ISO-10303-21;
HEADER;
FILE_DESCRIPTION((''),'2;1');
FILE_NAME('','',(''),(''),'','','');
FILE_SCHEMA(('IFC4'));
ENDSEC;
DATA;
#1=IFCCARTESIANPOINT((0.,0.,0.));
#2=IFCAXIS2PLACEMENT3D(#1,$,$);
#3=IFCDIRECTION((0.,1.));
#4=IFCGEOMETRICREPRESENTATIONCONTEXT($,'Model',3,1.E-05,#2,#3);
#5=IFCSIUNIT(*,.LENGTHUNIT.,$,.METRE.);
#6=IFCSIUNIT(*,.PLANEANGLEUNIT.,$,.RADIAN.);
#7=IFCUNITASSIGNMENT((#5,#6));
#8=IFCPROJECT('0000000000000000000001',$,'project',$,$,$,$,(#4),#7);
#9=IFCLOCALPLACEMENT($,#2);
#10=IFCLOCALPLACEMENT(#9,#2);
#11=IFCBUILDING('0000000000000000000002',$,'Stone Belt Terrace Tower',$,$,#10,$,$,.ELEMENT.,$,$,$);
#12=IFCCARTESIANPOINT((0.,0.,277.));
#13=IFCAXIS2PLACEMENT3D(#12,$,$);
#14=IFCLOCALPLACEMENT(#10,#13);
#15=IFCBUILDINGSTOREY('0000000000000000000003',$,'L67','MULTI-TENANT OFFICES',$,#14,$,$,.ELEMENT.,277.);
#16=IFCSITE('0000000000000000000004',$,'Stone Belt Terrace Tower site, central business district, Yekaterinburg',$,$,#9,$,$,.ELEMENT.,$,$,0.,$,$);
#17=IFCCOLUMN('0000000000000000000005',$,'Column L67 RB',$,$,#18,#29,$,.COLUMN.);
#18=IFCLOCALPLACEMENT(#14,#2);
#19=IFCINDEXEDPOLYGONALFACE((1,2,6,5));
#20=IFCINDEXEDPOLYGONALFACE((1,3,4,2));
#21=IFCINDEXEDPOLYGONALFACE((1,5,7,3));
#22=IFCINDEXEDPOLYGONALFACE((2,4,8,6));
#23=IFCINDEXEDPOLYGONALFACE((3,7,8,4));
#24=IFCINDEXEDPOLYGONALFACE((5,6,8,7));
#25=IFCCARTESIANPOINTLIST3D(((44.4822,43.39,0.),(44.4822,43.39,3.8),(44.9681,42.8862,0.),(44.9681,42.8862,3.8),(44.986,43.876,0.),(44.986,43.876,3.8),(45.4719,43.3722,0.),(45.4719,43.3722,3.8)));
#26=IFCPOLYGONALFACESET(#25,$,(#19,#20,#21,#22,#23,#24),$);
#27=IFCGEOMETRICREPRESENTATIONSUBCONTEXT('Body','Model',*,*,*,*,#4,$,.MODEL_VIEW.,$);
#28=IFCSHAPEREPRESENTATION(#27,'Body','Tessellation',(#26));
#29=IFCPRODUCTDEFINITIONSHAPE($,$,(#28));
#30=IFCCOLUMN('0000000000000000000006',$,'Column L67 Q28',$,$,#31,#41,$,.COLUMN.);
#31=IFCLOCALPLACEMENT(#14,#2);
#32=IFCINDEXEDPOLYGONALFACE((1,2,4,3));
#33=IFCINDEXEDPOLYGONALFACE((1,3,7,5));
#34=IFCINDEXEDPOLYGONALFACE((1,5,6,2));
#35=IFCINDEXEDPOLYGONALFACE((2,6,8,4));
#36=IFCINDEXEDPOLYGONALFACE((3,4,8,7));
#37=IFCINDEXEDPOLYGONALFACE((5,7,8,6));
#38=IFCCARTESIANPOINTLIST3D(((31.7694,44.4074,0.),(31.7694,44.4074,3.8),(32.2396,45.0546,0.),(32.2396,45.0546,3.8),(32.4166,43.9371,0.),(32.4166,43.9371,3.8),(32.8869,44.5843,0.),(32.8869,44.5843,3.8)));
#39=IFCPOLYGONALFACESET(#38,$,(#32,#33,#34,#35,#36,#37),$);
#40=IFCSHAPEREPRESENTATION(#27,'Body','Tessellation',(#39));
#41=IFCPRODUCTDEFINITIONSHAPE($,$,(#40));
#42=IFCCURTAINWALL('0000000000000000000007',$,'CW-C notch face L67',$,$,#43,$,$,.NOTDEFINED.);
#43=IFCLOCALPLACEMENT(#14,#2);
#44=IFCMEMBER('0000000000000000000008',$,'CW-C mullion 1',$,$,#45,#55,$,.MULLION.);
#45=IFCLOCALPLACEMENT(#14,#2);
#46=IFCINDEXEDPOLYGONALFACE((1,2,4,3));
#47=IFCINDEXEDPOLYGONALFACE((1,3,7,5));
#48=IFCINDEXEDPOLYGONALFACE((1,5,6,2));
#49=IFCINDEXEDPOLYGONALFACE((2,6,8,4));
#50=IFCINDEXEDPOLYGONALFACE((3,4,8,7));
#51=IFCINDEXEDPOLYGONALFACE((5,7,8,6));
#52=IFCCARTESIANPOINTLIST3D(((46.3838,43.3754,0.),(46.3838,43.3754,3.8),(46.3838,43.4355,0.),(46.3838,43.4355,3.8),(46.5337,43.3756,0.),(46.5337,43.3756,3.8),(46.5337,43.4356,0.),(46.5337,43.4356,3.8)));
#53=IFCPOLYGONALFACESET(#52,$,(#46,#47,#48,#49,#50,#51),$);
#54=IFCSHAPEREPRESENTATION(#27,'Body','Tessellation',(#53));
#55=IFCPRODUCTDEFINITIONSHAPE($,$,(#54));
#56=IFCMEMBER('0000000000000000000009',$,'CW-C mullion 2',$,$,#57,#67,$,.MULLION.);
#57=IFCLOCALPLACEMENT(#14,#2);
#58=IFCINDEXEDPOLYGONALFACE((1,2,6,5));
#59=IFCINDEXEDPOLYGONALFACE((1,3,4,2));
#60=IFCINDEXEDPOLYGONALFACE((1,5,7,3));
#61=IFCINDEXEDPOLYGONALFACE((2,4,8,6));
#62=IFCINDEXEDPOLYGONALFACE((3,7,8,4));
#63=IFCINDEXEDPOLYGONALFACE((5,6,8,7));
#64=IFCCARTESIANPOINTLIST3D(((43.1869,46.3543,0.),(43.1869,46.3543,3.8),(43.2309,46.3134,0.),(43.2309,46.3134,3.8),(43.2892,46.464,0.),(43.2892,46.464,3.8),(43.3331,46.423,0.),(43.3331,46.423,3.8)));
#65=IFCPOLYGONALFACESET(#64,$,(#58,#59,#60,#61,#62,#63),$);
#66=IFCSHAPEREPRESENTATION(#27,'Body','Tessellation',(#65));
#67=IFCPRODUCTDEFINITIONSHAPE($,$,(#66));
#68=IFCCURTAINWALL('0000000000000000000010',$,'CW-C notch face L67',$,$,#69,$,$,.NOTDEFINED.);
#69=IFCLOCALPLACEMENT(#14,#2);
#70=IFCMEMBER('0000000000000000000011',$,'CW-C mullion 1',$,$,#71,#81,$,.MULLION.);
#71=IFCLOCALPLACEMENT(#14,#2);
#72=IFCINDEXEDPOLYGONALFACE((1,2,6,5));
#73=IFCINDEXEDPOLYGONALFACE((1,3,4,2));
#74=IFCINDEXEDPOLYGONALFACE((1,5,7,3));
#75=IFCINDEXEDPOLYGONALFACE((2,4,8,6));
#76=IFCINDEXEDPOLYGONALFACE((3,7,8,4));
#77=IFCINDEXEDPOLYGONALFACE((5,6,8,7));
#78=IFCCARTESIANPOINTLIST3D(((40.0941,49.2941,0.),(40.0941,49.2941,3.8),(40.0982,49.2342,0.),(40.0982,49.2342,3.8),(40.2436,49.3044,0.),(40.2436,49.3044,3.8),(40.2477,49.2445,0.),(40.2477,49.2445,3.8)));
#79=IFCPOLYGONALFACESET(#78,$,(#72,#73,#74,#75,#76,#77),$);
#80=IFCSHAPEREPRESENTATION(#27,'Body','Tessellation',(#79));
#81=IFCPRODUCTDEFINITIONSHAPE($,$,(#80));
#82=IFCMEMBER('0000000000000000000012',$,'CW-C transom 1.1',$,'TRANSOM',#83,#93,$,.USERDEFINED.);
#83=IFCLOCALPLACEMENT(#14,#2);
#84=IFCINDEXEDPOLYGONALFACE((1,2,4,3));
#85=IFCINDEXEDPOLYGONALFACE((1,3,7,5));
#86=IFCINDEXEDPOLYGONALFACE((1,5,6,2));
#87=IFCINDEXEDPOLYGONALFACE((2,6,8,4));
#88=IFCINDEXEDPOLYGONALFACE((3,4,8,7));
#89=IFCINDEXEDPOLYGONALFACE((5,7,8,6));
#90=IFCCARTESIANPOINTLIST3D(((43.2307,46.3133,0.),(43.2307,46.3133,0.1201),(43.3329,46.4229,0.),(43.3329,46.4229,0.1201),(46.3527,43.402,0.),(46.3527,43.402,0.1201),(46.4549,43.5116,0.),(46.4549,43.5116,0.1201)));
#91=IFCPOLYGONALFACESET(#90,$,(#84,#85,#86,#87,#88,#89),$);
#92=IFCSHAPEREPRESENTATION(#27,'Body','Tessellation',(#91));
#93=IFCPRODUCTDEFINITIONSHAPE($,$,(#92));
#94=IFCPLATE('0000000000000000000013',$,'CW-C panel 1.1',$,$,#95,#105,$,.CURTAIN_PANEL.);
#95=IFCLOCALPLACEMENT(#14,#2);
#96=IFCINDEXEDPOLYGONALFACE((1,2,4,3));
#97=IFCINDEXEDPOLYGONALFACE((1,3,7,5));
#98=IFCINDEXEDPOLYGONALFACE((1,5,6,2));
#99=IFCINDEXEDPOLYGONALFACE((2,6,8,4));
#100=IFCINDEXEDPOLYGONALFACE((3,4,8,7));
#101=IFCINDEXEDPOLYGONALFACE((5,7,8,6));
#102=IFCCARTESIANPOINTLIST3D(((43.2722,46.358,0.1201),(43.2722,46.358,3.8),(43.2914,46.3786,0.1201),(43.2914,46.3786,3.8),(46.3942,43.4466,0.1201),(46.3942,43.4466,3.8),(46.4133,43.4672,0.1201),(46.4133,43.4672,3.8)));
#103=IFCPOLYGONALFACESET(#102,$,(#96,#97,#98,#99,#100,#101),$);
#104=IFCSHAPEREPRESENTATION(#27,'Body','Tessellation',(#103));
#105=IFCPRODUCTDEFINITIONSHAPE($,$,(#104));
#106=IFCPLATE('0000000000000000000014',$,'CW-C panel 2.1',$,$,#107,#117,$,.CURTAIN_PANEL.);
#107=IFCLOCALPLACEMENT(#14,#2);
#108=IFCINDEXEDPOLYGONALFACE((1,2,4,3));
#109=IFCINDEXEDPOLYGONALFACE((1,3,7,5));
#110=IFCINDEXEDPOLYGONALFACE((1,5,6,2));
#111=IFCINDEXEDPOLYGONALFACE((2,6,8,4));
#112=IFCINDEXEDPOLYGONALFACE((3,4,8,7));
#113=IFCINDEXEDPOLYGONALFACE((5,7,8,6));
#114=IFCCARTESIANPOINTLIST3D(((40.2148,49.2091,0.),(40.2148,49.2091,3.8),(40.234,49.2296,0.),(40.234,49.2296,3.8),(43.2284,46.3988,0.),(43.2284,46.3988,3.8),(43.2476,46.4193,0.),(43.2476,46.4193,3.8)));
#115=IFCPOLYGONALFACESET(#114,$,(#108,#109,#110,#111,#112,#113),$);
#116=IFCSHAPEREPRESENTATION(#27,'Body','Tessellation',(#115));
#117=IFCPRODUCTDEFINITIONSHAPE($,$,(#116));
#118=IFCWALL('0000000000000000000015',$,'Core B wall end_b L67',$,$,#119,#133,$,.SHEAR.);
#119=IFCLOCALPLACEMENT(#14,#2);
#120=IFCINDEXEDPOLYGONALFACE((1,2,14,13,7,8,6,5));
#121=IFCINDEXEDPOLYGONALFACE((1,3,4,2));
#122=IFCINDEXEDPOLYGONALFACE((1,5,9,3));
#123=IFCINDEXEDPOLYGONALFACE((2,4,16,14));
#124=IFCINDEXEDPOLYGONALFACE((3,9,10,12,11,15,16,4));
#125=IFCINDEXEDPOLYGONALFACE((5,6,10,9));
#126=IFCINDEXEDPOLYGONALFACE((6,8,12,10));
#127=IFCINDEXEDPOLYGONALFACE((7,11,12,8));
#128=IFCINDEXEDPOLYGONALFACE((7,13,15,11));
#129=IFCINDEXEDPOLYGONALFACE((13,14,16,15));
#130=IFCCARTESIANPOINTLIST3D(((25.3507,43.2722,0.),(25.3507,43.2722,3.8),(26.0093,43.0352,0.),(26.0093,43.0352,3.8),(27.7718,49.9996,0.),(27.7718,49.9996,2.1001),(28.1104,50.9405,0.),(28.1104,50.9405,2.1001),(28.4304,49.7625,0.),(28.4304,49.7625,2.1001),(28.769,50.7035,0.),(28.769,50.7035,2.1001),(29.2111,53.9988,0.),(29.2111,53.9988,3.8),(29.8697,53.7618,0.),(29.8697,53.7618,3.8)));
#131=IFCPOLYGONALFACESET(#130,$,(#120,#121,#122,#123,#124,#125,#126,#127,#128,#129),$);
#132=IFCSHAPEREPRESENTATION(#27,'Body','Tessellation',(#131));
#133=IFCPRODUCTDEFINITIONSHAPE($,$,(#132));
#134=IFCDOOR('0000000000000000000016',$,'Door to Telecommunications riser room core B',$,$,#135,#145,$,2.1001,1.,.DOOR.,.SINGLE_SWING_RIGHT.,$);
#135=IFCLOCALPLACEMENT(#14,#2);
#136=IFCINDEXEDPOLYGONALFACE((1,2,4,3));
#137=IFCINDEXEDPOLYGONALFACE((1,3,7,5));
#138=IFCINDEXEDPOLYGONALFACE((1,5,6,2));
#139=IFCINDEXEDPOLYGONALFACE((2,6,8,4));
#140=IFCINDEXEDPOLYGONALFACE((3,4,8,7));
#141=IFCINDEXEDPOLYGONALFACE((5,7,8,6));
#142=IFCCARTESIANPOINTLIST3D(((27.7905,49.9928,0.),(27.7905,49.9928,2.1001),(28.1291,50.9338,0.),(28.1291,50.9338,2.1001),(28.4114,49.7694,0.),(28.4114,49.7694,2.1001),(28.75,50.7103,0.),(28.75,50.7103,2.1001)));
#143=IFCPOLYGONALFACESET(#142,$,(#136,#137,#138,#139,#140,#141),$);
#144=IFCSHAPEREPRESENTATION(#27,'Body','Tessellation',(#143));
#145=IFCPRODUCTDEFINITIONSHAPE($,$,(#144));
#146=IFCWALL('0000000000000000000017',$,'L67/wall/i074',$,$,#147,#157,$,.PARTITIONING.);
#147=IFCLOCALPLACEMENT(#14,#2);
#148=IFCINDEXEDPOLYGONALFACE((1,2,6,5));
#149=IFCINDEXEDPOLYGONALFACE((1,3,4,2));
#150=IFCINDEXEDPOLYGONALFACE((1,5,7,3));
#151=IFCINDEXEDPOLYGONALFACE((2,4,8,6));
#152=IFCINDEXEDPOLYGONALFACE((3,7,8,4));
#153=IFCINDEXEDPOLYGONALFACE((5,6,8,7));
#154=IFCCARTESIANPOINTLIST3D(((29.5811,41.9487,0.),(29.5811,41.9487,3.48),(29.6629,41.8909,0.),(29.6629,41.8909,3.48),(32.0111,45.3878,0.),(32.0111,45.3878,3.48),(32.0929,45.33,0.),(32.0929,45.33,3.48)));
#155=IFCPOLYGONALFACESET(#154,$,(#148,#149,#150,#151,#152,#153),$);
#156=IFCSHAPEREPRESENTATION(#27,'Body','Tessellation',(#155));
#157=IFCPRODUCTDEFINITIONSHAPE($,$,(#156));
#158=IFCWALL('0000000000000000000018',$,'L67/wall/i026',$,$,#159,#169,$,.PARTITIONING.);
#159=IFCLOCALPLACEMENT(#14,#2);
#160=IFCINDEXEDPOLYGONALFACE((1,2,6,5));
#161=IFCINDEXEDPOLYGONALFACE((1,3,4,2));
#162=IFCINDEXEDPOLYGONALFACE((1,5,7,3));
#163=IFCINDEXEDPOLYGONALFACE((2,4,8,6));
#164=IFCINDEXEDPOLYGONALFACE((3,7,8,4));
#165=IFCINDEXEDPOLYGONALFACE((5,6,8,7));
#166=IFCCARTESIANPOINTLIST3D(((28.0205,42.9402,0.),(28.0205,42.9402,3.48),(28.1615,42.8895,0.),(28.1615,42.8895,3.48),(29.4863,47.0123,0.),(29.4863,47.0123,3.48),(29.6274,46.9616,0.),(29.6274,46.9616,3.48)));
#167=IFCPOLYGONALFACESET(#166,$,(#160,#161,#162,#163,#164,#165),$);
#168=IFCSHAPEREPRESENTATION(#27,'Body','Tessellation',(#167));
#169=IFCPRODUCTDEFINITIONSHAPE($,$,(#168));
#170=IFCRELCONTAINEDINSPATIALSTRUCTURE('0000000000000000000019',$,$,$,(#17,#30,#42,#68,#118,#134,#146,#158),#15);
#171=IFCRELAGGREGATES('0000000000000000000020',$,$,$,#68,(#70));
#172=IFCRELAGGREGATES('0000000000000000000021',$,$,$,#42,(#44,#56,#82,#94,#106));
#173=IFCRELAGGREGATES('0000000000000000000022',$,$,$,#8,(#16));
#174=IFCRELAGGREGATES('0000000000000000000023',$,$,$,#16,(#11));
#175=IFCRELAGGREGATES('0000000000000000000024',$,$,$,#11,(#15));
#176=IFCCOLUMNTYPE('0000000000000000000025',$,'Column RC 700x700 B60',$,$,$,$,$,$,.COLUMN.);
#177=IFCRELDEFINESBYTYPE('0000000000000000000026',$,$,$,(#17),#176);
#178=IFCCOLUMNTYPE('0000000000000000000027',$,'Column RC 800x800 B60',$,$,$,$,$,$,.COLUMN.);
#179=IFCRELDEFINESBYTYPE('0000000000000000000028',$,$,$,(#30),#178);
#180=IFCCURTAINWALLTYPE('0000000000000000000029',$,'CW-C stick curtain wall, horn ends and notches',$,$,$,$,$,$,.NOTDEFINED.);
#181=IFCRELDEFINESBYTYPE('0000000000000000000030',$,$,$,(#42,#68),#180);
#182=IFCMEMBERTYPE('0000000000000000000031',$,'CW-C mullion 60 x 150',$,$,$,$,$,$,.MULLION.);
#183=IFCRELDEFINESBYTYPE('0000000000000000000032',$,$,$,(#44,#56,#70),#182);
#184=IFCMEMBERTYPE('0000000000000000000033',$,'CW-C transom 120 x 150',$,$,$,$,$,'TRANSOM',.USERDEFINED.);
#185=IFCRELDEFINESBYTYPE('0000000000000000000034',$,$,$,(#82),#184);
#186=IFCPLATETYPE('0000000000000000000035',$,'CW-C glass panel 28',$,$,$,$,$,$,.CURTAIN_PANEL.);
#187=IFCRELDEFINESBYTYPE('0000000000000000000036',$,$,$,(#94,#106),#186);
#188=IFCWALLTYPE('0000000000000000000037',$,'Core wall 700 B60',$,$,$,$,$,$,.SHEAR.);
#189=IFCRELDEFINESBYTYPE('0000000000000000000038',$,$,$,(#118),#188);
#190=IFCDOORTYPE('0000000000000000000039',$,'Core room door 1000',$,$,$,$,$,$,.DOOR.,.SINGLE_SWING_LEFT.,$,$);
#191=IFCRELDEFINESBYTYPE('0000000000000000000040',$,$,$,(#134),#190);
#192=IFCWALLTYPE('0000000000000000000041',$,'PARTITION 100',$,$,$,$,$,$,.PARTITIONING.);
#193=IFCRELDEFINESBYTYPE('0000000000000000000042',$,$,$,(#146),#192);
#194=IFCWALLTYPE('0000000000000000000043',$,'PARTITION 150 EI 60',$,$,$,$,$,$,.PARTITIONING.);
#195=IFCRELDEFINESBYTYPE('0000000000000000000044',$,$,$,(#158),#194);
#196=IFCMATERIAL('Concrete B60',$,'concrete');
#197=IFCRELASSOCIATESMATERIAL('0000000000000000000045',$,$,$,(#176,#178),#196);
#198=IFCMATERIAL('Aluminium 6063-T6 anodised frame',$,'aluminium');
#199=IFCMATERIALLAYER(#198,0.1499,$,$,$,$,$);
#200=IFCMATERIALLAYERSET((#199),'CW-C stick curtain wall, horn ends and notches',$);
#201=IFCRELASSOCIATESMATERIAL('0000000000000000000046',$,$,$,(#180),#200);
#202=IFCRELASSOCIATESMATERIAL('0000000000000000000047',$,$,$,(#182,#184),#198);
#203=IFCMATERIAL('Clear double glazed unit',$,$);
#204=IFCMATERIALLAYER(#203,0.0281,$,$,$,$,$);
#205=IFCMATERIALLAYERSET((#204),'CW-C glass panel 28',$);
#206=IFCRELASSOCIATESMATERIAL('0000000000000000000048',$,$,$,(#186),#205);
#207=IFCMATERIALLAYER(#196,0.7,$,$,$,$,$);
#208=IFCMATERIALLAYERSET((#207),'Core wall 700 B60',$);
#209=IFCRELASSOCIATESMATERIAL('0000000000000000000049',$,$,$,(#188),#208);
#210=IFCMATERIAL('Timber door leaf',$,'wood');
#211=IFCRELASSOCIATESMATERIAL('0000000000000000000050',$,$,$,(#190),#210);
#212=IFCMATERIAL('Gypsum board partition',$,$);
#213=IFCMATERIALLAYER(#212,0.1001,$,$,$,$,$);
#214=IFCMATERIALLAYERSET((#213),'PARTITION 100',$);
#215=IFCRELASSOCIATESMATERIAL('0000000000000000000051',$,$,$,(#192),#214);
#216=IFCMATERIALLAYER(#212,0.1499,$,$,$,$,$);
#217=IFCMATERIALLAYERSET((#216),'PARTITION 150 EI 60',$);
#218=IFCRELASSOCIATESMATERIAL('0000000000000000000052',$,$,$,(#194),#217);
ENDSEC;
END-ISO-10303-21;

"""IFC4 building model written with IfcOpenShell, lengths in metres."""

from ifc_helpers import new_model, si_unit, direction, frame, frame_2d, origin, origin_2d, place, context, subcontext, project, spatial, rectangle, extrude, material, layer, layer_set, material_profile, profile_set, type_object, element, fill, aggregate, save


model = new_model("IFC4")

# Units and contexts
model_context = context("Model", 3, precision=1e-05, world=origin(), true_north=direction((0.0, 1.0)))
body_context = subcontext(model_context, "Body", "Model", "MODEL_VIEW")
ifc_project = project(units=[si_unit("LENGTHUNIT", "METRE"), si_unit("PLANEANGLEUNIT", "RADIAN")], contexts=[model_context])

# Site, building, storey
site_placement = place(None, origin())
site = spatial("IfcSite", under=ifc_project, at=site_placement, Name="Stone Belt Terrace Tower site, central business district, Yekaterinburg", CompositionType="ELEMENT", RefElevation=0.0)
building_placement = place(site_placement, origin())
building = spatial("IfcBuilding", under=site, at=building_placement, Name="Stone Belt Terrace Tower", CompositionType="ELEMENT")
storey_placement = place(building_placement, frame((0.0, 0.0, 277.0)))
storey = spatial("IfcBuildingStorey", under=building, at=storey_placement, Name="L67", Description="MULTI-TENANT OFFICES", CompositionType="ELEMENT", Elevation=277.0)

# Columns
ifc_material_1 = material(Name="Concrete B60", Category="concrete")
ifc_material_profile_1 = material_profile(ifc_material_1, rectangle(XDim=0.7, YDim=0.7, at=origin_2d()), Name="RC 700x700")
ifc_profile_set_1 = profile_set([ifc_material_profile_1], Name="Concrete B60")
column_type_1 = type_object("IfcColumnType", Name="Column RC 700x700 B60", PredefinedType="COLUMN", material=ifc_profile_set_1)
column_1_placement = place(storey_placement, frame((44.9771, 43.3811, 0.0), z_axis=(0.0, 0.0, 1.0), x_axis=(0.694221, -0.719762, 0.0)))
element("IfcColumn", 1, at=column_1_placement, inside=storey, type_object=column_type_1, Name="Column L67 RB", PredefinedType="COLUMN", context=body_context, shape_type="SweptSolid", body=[
    extrude(rectangle(XDim=0.7, YDim=0.7, at=origin_2d()), origin(), (0.0, 0.0, 1.0), 3.8),
])
ifc_material_profile_2 = material_profile(ifc_material_1, rectangle(XDim=0.8, YDim=0.8, at=origin_2d()), Name="RC 800x800")
ifc_profile_set_2 = profile_set([ifc_material_profile_2], Name="Concrete B60")
column_type_2 = type_object("IfcColumnType", Name="Column RC 800x800 B60", PredefinedType="COLUMN", material=ifc_profile_set_2)
column_2_placement = place(storey_placement, frame((32.3281, 44.4958, 0.0), z_axis=(0.0, 0.0, 1.0), x_axis=(0.809017, -0.587785, 0.0)))
element("IfcColumn", 2, at=column_2_placement, inside=storey, type_object=column_type_2, Name="Column L67 Q28", PredefinedType="COLUMN", context=body_context, shape_type="SweptSolid", body=[
    extrude(rectangle(XDim=0.8, YDim=0.8, at=origin_2d()), origin(), (0.0, 0.0, 1.0), 3.8),
])

# Curtain wall, members
ifc_material_2 = material(Name="Aluminium 6063-T6 anodised frame", Category="aluminium")
ifc_layer_1 = layer(ifc_material_2, 0.1499)
ifc_layer_set_1 = layer_set([ifc_layer_1], Name="CW-C stick curtain wall, horn ends and notches")
curtain_wall_type = type_object("IfcCurtainWallType", Name="CW-C stick curtain wall, horn ends and notches", PredefinedType="NOTDEFINED", material=ifc_layer_set_1)
curtain_wall_1_placement = place(storey_placement, origin())
curtain_wall_1 = element("IfcCurtainWall", 3, at=curtain_wall_1_placement, inside=storey, type_object=curtain_wall_type, Name="CW-C notch face L67", PredefinedType="NOTDEFINED")
ifc_material_profile_3 = material_profile(ifc_material_2, rectangle(XDim=0.1499, YDim=0.0601, at=origin_2d()), Name="Aluminium 6063-T6 60x150")
ifc_profile_set_3 = profile_set([ifc_material_profile_3], Name="Aluminium 6063-T6 anodised frame")
member_type_1 = type_object("IfcMemberType", Name="CW-C mullion 60 x 150", PredefinedType="MULLION", material=ifc_profile_set_3)
member_1_placement = place(storey_placement, frame((46.4587, 43.4055, 0.0), z_axis=(0.0, 0.0, 1.0), x_axis=(-0.999999, -0.001051, 0.0)))
member_1 = element("IfcMember", 4, at=member_1_placement, type_object=member_type_1, Name="CW-C mullion 1", PredefinedType="MULLION", context=body_context, shape_type="SweptSolid", body=[
    extrude(rectangle(XDim=0.1499, YDim=0.0601, at=origin_2d()), origin(), (0.0, 0.0, 1.0), 3.8),
])
member_2_placement = place(storey_placement, frame((43.26, 46.3887, 0.0), z_axis=(0.0, 0.0, 1.0), x_axis=(-0.682014, -0.731339, 0.0)))
member_2 = element("IfcMember", 5, at=member_2_placement, type_object=member_type_1, Name="CW-C mullion 2", PredefinedType="MULLION", context=body_context, shape_type="SweptSolid", body=[
    extrude(rectangle(XDim=0.1499, YDim=0.0601, at=origin_2d()), origin(), (0.0, 0.0, 1.0), 3.8),
])

# Curtain wall, member
curtain_wall_2_placement = place(storey_placement, origin())
curtain_wall_2 = element("IfcCurtainWall", 6, at=curtain_wall_2_placement, inside=storey, type_object=curtain_wall_type, Name="CW-C notch face L67", PredefinedType="NOTDEFINED")
member_3_placement = place(storey_placement, frame((40.1709, 49.2693, 0.0), z_axis=(0.0, 0.0, 1.0), x_axis=(-0.99764, -0.068666, 0.0)))
member_3 = element("IfcMember", 7, at=member_3_placement, type_object=member_type_1, Name="CW-C mullion 1", PredefinedType="MULLION", context=body_context, shape_type="SweptSolid", body=[
    extrude(rectangle(XDim=0.1499, YDim=0.0601, at=origin_2d()), origin(), (0.0, 0.0, 1.0), 3.8),
])
aggregate(curtain_wall_2, [member_3])

# Member
ifc_material_profile_4 = material_profile(ifc_material_2, rectangle(XDim=0.1499, YDim=0.1201, at=origin_2d()), Name="Aluminium 6063-T6 150x120")
ifc_profile_set_4 = profile_set([ifc_material_profile_4], Name="Aluminium 6063-T6 anodised frame")
member_type_2 = type_object("IfcMemberType", Name="CW-C transom 120 x 150", ElementType="TRANSOM", PredefinedType="USERDEFINED", material=ifc_profile_set_4)
member_4_placement = place(storey_placement, frame((46.4038, 43.4568, 0.0601), z_axis=(-0.731354, 0.681998, 0.0), x_axis=(-0.681998, -0.731354, 0.0)))
member_4 = element("IfcMember", 8, at=member_4_placement, type_object=member_type_2, Name="CW-C transom 1.1", ObjectType="TRANSOM", PredefinedType="USERDEFINED", context=body_context, shape_type="SweptSolid", body=[
    extrude(rectangle(XDim=0.1499, YDim=0.1201, at=origin_2d()), origin(), (0.0, 0.0, 1.0), 4.2688),
])

# Plates
ifc_material_3 = material(Name="Clear double glazed unit")
ifc_layer_2 = layer(ifc_material_3, 0.0281)
ifc_layer_set_2 = layer_set([ifc_layer_2], Name="CW-C glass panel 28")
plate_type = type_object("IfcPlateType", Name="CW-C glass panel 28", PredefinedType="CURTAIN_PANEL", material=ifc_layer_set_2)
plate_1_placement = place(storey_placement, frame((44.8428, 44.9126, 0.1201), z_axis=(0.0, 0.0, 1.0), x_axis=(-0.731339, 0.682014, 0.0)))
plate_1 = element("IfcPlate", 9, at=plate_1_placement, type_object=plate_type, Name="CW-C panel 1.1", PredefinedType="CURTAIN_PANEL", context=body_context, shape_type="SweptSolid", body=[
    extrude(rectangle(XDim=4.2688, YDim=0.0281, at=origin_2d()), origin(), (0.0, 0.0, 1.0), 3.6799),
])
plate_2_placement = place(storey_placement, frame((41.7312, 47.8142, 0.0), z_axis=(0.0, 0.0, 1.0), x_axis=(-0.731339, 0.682014, 0.0)))
plate_2 = element("IfcPlate", 10, at=plate_2_placement, type_object=plate_type, Name="CW-C panel 2.1", PredefinedType="CURTAIN_PANEL", context=body_context, shape_type="SweptSolid", body=[
    extrude(rectangle(XDim=4.1206, YDim=0.0281, at=origin_2d()), origin(), (0.0, 0.0, 1.0), 3.8),
])
aggregate(curtain_wall_1, [member_1, member_2, member_4, plate_1, plate_2])

# Wall, opening, door
ifc_layer_3 = layer(ifc_material_1, 0.7)
ifc_layer_set_3 = layer_set([ifc_layer_3], Name="Core wall 700 B60")
wall_type_1 = type_object("IfcWallType", Name="Core wall 700 B60", PredefinedType="SHEAR", material=ifc_layer_set_3)
wall_1_placement = place(storey_placement, frame((25.6799, 43.1536, 0.0), z_axis=(0.0, 0.0, 1.0), x_axis=(0.338625, 0.940921, 0.0)))
wall_1 = element("IfcWall", 11, at=wall_1_placement, inside=storey, type_object=wall_type_1, Name="Core B wall end_b L67", PredefinedType="SHEAR", context=body_context, shape_type="SweptSolid", body=[
    extrude(rectangle(XDim=11.4001, YDim=0.7, at=frame_2d((5.7002, 0.0))), origin(), (0.0, 0.0, 1.0), 3.8),
])
opening_1_placement = place(wall_1_placement, frame((7.1499, 0.0, 0.0)))
opening_1 = element("IfcOpeningElement", 12, at=opening_1_placement, cuts=wall_1, PredefinedType="OPENING", context=body_context, shape_type="SweptSolid", body=[
    extrude(rectangle(XDim=1.0, YDim=2.1001, at=frame_2d((0.5, 1.05))), frame((0.0, 0.3599, 0.0), z_axis=(0.0, -1.0, 0.0), x_axis=(1.0, 0.0, 0.0)), (0.0, 0.0, 1.0), 0.72),
])
ifc_material_4 = material(Name="Timber door leaf", Category="wood")
door_type_1 = type_object("IfcDoorType", Name="Core room door 1000", OperationType="SINGLE_SWING_LEFT", PredefinedType="DOOR", material=ifc_material_4)
door_1_placement = place(opening_1_placement, origin())
door_1 = element("IfcDoor", 13, at=door_1_placement, inside=storey, type_object=door_type_1, Name="Door to Telecommunications riser room core B", OperationType="SINGLE_SWING_RIGHT", OverallHeight=2.1001, OverallWidth=1.0, PredefinedType="DOOR", context=body_context, shape_type="SweptSolid", body=[
    extrude(rectangle(XDim=1.0, YDim=2.1001, at=frame_2d((0.5, 1.05))), frame((0.0, 0.3301, 0.0), z_axis=(0.0, -1.0, 0.0), x_axis=(1.0, 0.0, 0.0)), (0.0, 0.0, 1.0), 0.6599),
])
fill(opening_1, door_1)

# Walls
ifc_material_5 = material(Name="Gypsum board partition")
ifc_layer_4 = layer(ifc_material_5, 0.1001)
ifc_layer_set_4 = layer_set([ifc_layer_4], Name="PARTITION 100")
wall_type_2 = type_object("IfcWallType", Name="PARTITION 100", PredefinedType="PARTITIONING", material=ifc_layer_set_4)
wall_2_placement = place(storey_placement, frame((32.052, 45.3589, 0.0), z_axis=(0.0, 0.0, 1.0), x_axis=(-0.577068, -0.816696, 0.0)))
element("IfcWall", 14, at=wall_2_placement, inside=storey, type_object=wall_type_2, Name="L67/wall/i074", PredefinedType="PARTITIONING", context=body_context, shape_type="SweptSolid", body=[
    extrude(rectangle(XDim=4.2109, YDim=0.1001, at=frame_2d((2.1055, 0.0))), origin(), (0.0, 0.0, 1.0), 3.48),
])
ifc_layer_5 = layer(ifc_material_5, 0.1499)
ifc_layer_set_5 = layer_set([ifc_layer_5], Name="PARTITION 150 EI 60")
wall_type_3 = type_object("IfcWallType", Name="PARTITION 150 EI 60", PredefinedType="PARTITIONING", material=ifc_layer_set_5)
wall_3_placement = place(storey_placement, frame((29.5569, 46.9871, 0.0), z_axis=(0.0, 0.0, 1.0), x_axis=(-0.338697, -0.940895, 0.0)))
element("IfcWall", 15, at=wall_3_placement, inside=storey, type_object=wall_type_3, Name="L67/wall/i026", PredefinedType="PARTITIONING", context=body_context, shape_type="SweptSolid", body=[
    extrude(rectangle(XDim=4.3279, YDim=0.1499, at=frame_2d((2.1641, 0.0))), origin(), (0.0, 0.0, 1.0), 3.48),
])

save(model, "model.ifc")
